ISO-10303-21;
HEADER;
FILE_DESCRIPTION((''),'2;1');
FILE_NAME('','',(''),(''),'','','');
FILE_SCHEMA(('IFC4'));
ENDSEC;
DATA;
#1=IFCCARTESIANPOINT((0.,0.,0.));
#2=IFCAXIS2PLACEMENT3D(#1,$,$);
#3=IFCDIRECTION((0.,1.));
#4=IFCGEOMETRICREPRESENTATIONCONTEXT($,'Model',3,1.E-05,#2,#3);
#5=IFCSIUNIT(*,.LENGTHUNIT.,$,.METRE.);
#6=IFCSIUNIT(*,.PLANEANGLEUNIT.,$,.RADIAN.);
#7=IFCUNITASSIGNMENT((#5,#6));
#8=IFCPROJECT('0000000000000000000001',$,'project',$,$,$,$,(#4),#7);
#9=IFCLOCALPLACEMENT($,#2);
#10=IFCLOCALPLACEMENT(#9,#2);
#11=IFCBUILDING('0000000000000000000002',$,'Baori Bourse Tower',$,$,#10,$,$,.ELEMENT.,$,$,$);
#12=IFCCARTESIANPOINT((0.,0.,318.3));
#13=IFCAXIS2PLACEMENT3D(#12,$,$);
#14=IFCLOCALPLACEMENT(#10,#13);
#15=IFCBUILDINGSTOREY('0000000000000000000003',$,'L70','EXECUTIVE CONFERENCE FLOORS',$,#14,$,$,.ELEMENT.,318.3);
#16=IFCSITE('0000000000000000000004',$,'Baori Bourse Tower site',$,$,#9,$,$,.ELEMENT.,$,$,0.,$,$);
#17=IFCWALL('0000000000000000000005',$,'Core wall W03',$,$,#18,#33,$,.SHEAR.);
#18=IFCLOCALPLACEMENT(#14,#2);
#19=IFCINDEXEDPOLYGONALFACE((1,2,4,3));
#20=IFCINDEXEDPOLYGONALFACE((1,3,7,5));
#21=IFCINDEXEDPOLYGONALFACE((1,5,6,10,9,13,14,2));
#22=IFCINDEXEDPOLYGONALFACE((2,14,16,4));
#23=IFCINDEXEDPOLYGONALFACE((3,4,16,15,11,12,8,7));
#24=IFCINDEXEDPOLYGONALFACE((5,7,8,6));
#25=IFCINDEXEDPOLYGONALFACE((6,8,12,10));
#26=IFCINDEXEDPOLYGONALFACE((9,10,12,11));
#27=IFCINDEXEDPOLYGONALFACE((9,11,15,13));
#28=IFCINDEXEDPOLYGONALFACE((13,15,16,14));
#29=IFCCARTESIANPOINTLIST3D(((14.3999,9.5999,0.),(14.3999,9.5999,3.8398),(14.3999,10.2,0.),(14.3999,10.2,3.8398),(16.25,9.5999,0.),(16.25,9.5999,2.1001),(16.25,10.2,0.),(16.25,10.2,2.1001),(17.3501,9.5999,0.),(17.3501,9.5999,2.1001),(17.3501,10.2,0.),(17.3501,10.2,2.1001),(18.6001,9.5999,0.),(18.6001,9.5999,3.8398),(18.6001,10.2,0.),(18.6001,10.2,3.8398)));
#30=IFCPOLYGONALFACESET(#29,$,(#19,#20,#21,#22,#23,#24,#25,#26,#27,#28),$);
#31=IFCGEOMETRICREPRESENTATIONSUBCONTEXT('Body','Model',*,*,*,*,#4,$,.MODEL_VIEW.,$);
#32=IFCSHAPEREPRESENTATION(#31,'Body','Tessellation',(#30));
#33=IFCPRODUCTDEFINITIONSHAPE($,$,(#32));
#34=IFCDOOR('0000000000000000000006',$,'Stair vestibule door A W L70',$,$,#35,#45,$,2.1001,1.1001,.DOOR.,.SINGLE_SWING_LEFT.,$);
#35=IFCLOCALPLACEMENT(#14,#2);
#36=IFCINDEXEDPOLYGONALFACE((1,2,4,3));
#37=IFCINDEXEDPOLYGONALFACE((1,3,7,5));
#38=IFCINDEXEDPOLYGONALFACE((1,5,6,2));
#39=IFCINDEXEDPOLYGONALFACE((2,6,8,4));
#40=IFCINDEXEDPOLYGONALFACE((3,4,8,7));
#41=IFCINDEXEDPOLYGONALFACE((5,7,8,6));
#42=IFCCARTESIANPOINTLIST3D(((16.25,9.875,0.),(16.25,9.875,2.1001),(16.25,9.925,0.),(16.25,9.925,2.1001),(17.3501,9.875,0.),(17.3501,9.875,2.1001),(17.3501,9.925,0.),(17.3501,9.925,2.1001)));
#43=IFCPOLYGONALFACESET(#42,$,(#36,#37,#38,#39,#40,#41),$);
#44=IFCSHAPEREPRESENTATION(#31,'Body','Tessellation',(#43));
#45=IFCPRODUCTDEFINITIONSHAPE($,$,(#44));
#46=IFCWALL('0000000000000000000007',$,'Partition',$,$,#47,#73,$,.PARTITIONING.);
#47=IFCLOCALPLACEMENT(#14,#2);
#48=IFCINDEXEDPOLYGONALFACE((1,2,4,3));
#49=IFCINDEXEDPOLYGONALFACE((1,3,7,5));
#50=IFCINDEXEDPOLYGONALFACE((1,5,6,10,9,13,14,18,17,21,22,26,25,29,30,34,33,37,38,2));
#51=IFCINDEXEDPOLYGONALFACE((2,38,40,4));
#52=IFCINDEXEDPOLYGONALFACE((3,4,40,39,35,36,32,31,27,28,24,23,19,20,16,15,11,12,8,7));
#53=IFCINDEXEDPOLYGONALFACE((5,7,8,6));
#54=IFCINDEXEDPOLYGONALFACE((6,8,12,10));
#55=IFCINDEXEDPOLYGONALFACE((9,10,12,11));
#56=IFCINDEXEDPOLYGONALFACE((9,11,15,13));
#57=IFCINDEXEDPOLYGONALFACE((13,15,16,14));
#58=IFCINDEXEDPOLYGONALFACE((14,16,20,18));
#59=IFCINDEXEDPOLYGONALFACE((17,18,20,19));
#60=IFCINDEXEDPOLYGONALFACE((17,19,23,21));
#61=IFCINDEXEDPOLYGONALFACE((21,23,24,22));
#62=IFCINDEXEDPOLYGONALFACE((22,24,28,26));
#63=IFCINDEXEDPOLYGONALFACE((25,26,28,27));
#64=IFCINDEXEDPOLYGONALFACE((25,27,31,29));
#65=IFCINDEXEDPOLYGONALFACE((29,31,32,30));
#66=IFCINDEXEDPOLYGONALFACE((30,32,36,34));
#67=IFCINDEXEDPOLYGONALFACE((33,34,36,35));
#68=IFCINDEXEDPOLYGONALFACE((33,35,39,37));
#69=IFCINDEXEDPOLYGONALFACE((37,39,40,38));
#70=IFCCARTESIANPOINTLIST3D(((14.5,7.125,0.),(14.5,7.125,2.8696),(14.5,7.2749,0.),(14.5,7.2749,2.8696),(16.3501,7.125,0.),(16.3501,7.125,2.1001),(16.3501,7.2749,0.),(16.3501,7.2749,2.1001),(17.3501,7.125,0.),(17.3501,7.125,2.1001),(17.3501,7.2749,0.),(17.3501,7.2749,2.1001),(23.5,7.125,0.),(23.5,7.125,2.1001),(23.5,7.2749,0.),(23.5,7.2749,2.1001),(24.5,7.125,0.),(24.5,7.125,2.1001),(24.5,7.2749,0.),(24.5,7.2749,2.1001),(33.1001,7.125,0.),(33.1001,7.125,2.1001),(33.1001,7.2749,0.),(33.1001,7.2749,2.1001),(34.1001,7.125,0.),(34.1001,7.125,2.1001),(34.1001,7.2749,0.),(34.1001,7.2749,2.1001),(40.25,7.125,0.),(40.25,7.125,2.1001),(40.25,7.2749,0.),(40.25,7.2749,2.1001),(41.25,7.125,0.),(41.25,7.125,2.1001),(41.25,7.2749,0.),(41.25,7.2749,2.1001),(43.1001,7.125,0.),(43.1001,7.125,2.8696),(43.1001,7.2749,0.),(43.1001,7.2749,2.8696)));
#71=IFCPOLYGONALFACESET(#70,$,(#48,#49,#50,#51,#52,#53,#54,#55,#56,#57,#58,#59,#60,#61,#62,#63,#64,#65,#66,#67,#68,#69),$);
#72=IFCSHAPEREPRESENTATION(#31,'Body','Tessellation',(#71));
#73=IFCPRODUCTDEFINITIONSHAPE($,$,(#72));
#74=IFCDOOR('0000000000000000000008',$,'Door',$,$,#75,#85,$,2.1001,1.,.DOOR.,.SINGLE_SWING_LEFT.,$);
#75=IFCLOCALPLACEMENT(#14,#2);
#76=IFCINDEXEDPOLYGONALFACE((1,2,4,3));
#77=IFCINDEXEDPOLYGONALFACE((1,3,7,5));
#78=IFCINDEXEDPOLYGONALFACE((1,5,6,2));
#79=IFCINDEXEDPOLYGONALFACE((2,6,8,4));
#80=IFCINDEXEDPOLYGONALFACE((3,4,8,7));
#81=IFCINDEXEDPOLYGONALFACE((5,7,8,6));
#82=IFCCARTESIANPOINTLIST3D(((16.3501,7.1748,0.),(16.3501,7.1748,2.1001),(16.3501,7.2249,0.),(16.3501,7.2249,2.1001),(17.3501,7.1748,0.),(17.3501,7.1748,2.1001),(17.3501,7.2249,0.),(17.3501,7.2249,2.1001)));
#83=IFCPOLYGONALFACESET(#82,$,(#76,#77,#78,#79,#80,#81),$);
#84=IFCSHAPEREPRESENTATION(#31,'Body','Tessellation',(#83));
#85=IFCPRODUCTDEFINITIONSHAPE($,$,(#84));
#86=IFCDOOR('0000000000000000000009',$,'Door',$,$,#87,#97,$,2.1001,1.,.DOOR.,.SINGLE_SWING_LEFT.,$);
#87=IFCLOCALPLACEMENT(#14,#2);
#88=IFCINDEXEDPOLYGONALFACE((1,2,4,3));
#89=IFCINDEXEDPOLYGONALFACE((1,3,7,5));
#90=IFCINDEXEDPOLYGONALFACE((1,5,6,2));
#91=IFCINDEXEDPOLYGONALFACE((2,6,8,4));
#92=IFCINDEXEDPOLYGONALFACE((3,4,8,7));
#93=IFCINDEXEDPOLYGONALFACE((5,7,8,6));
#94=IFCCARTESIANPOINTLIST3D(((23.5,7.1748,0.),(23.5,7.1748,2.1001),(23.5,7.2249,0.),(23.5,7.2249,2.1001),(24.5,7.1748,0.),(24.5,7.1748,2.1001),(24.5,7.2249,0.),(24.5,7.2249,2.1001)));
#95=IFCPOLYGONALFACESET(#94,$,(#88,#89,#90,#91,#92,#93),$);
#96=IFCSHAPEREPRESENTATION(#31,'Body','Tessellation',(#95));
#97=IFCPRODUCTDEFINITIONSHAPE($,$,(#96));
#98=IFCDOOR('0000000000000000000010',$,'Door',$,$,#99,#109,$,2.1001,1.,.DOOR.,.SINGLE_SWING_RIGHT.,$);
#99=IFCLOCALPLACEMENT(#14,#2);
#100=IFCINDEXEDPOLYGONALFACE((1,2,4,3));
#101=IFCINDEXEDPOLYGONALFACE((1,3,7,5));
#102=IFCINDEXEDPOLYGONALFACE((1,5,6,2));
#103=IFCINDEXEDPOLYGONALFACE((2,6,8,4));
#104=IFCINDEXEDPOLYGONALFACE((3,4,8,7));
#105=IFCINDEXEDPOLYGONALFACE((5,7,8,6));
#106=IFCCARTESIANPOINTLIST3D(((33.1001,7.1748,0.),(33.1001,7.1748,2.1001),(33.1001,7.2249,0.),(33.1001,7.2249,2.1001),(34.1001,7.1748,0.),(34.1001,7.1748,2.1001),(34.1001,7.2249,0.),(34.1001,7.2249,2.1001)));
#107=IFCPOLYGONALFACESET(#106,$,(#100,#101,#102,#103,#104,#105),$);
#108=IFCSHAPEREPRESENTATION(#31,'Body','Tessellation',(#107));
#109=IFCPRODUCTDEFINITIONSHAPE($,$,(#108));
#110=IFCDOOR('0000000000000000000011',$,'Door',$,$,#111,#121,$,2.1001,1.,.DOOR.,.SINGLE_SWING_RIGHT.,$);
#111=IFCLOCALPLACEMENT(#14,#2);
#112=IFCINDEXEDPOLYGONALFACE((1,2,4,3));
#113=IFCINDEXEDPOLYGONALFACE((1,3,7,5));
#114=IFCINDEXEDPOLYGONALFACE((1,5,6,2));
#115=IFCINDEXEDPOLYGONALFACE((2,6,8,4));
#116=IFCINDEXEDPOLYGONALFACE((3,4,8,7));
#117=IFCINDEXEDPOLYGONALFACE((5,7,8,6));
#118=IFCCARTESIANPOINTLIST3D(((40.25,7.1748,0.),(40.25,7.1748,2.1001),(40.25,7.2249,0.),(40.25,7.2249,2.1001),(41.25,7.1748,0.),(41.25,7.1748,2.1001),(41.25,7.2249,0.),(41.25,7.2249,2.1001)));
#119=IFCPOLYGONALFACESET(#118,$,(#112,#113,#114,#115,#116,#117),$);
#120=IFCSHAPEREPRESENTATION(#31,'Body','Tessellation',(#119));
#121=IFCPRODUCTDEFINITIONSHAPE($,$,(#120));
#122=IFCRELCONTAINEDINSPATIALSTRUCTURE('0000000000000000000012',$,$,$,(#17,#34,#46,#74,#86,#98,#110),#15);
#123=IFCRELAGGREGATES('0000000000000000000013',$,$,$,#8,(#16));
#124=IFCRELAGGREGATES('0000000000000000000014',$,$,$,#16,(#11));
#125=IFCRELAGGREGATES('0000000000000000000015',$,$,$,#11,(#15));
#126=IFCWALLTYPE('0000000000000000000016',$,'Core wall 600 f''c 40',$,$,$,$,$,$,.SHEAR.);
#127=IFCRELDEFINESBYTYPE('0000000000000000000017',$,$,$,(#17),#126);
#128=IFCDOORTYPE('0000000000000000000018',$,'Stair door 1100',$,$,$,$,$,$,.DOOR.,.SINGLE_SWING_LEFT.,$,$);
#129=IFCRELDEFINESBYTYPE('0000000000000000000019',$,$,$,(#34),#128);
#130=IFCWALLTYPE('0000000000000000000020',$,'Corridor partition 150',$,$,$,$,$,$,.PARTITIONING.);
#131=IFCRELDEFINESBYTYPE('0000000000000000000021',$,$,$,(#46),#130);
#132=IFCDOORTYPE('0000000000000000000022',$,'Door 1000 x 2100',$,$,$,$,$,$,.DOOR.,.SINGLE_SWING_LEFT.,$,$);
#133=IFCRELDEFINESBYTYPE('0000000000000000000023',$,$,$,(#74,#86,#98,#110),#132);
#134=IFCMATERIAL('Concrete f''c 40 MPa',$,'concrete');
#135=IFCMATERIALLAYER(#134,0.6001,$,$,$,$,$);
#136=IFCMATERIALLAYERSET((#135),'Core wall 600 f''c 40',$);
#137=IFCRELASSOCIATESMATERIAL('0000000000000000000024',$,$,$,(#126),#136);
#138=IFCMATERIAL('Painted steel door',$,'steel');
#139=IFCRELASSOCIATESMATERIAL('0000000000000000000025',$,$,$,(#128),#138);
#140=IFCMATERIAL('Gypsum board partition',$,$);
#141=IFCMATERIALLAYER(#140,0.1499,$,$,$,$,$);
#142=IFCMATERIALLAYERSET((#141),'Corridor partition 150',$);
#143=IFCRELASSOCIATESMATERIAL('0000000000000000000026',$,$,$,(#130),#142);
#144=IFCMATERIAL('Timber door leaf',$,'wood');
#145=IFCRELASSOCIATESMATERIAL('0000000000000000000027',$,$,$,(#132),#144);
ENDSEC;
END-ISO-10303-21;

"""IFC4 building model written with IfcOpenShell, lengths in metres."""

from ifc_helpers import new_model, si_unit, direction, frame, frame_2d, origin, place, context, subcontext, project, spatial, rectangle, extrude, material, layer, layer_set, type_object, element, fill, save


model = new_model("IFC4")

# Units and contexts
model_context = context("Model", 3, precision=1e-05, world=origin(), true_north=direction((0.0, 1.0)))
body_context = subcontext(model_context, "Body", "Model", "MODEL_VIEW")
ifc_project = project(units=[si_unit("LENGTHUNIT", "METRE"), si_unit("PLANEANGLEUNIT", "RADIAN")], contexts=[model_context])

# Site, building, storey
site_placement = place(None, origin())
site = spatial("IfcSite", under=ifc_project, at=site_placement, Name="Baori Bourse Tower site", CompositionType="ELEMENT", RefElevation=0.0)
building_placement = place(site_placement, origin())
building = spatial("IfcBuilding", under=site, at=building_placement, Name="Baori Bourse Tower", CompositionType="ELEMENT")
storey_placement = place(building_placement, frame((0.0, 0.0, 318.3)))
storey = spatial("IfcBuildingStorey", under=building, at=storey_placement, Name="L70", Description="EXECUTIVE CONFERENCE FLOORS", CompositionType="ELEMENT", Elevation=318.3)

# Shared definitions
ifc_material_1 = material(Name="Concrete f'c 40 MPa", Category="concrete")
ifc_layer_1 = layer(ifc_material_1, 0.6001)
ifc_layer_set_1 = layer_set([ifc_layer_1], Name="Core wall 600 f'c 40")
wall_type_1 = type_object("IfcWallType", Name="Core wall 600 f'c 40", PredefinedType="SHEAR", material=ifc_layer_set_1)

# Wall, opening, door
wall_1_placement = place(storey_placement, frame((18.6001, 9.8999, 0.0), z_axis=(0.0, 0.0, 1.0), x_axis=(-1.0, 0.0, 0.0)))
wall_1 = element("IfcWall", 1, at=wall_1_placement, inside=storey, type_object=wall_type_1, Name="Core wall W03", PredefinedType="SHEAR", context=body_context, shape_type="SweptSolid", body=[
    extrude(rectangle(XDim=4.2002, YDim=0.6001, at=frame_2d((2.1001, 0.0))), origin(), (0.0, 0.0, 1.0), 3.8398),
])
opening_1_placement = place(wall_1_placement, frame((1.25, 0.0, 0.0)))
opening_1 = element("IfcOpeningElement", 2, at=opening_1_placement, cuts=wall_1, PredefinedType="OPENING", context=body_context, shape_type="SweptSolid", body=[
    extrude(rectangle(XDim=1.1001, YDim=2.1001, at=frame_2d((0.55, 1.05))), frame((0.0, 0.3101, 0.0), z_axis=(0.0, -1.0, 0.0), x_axis=(1.0, 0.0, 0.0)), (0.0, 0.0, 1.0), 0.6201),
])
ifc_material_2 = material(Name="Painted steel door", Category="steel")
door_type_1 = type_object("IfcDoorType", Name="Stair door 1100", OperationType="SINGLE_SWING_LEFT", PredefinedType="DOOR", material=ifc_material_2)
door_1_placement = place(opening_1_placement, origin())
door_1 = element("IfcDoor", 3, at=door_1_placement, inside=storey, type_object=door_type_1, Name="Stair vestibule door A W L70", OperationType="SINGLE_SWING_LEFT", OverallHeight=2.1001, OverallWidth=1.1001, PredefinedType="DOOR", context=body_context, shape_type="SweptSolid", body=[
    extrude(rectangle(XDim=1.1001, YDim=2.1001, at=frame_2d((0.55, 1.05))), frame((0.0, 0.0249, 0.0), z_axis=(0.0, -1.0, 0.0), x_axis=(1.0, 0.0, 0.0)), (0.0, 0.0, 1.0), 0.05),
])
fill(opening_1, door_1)

# Wall, openings, doors
ifc_material_3 = material(Name="Gypsum board partition")
ifc_layer_2 = layer(ifc_material_3, 0.1499)
ifc_layer_set_2 = layer_set([ifc_layer_2], Name="Corridor partition 150")
wall_type_2 = type_object("IfcWallType", Name="Corridor partition 150", PredefinedType="PARTITIONING", material=ifc_layer_set_2)
wall_2_placement = place(storey_placement, frame((14.5, 7.2, 0.0), z_axis=(0.0, 0.0, 1.0), x_axis=(1.0, 0.0, 0.0)))
wall_2 = element("IfcWall", 4, at=wall_2_placement, inside=storey, type_object=wall_type_2, Name="Partition", PredefinedType="PARTITIONING", context=body_context, shape_type="SweptSolid", body=[
    extrude(rectangle(XDim=28.6001, YDim=0.1499, at=frame_2d((14.3, 0.0))), origin(), (0.0, 0.0, 1.0), 2.8696),
])
opening_2_placement = place(wall_2_placement, frame((1.8501, 0.0, 0.0)))
opening_2 = element("IfcOpeningElement", 5, at=opening_2_placement, cuts=wall_2, PredefinedType="OPENING", context=body_context, shape_type="SweptSolid", body=[
    extrude(rectangle(XDim=1.0, YDim=2.1001, at=frame_2d((0.5, 1.05))), frame((0.0, 0.085, 0.0), z_axis=(0.0, -1.0, 0.0), x_axis=(1.0, 0.0, 0.0)), (0.0, 0.0, 1.0), 0.1699),
])
opening_3_placement = place(wall_2_placement, frame((9.0, 0.0, 0.0)))
opening_3 = element("IfcOpeningElement", 6, at=opening_3_placement, cuts=wall_2, PredefinedType="OPENING", context=body_context, shape_type="SweptSolid", body=[
    extrude(rectangle(XDim=1.0, YDim=2.1001, at=frame_2d((0.5, 1.05))), frame((0.0, 0.085, 0.0), z_axis=(0.0, -1.0, 0.0), x_axis=(1.0, 0.0, 0.0)), (0.0, 0.0, 1.0), 0.1699),
])
opening_4_placement = place(wall_2_placement, frame((18.6001, 0.0, 0.0)))
opening_4 = element("IfcOpeningElement", 7, at=opening_4_placement, cuts=wall_2, PredefinedType="OPENING", context=body_context, shape_type="SweptSolid", body=[
    extrude(rectangle(XDim=1.0, YDim=2.1001, at=frame_2d((0.5, 1.05))), frame((0.0, 0.085, 0.0), z_axis=(0.0, -1.0, 0.0), x_axis=(1.0, 0.0, 0.0)), (0.0, 0.0, 1.0), 0.1699),
])
opening_5_placement = place(wall_2_placement, frame((25.75, 0.0, 0.0)))
opening_5 = element("IfcOpeningElement", 8, at=opening_5_placement, cuts=wall_2, PredefinedType="OPENING", context=body_context, shape_type="SweptSolid", body=[
    extrude(rectangle(XDim=1.0, YDim=2.1001, at=frame_2d((0.5, 1.05))), frame((0.0, 0.085, 0.0), z_axis=(0.0, -1.0, 0.0), x_axis=(1.0, 0.0, 0.0)), (0.0, 0.0, 1.0), 0.1699),
])
ifc_material_4 = material(Name="Timber door leaf", Category="wood")
door_type_2 = type_object("IfcDoorType", Name="Door 1000 x 2100", OperationType="SINGLE_SWING_LEFT", PredefinedType="DOOR", material=ifc_material_4)
door_2_placement = place(opening_2_placement, origin())
door_2 = element("IfcDoor", 9, at=door_2_placement, inside=storey, type_object=door_type_2, Name="Door", OperationType="SINGLE_SWING_LEFT", OverallHeight=2.1001, OverallWidth=1.0, PredefinedType="DOOR", context=body_context, shape_type="SweptSolid", body=[
    extrude(rectangle(XDim=1.0, YDim=2.1001, at=frame_2d((0.5, 1.05))), frame((0.0, 0.0249, 0.0), z_axis=(0.0, -1.0, 0.0), x_axis=(1.0, 0.0, 0.0)), (0.0, 0.0, 1.0), 0.05),
])
fill(opening_2, door_2)
door_3_placement = place(opening_3_placement, origin())
door_3 = element("IfcDoor", 10, at=door_3_placement, inside=storey, type_object=door_type_2, Name="Door", OperationType="SINGLE_SWING_LEFT", OverallHeight=2.1001, OverallWidth=1.0, PredefinedType="DOOR", context=body_context, shape_type="SweptSolid", body=[
    extrude(rectangle(XDim=1.0, YDim=2.1001, at=frame_2d((0.5, 1.05))), frame((0.0, 0.0249, 0.0), z_axis=(0.0, -1.0, 0.0), x_axis=(1.0, 0.0, 0.0)), (0.0, 0.0, 1.0), 0.05),
])
fill(opening_3, door_3)
door_4_placement = place(opening_4_placement, origin())
door_4 = element("IfcDoor", 11, at=door_4_placement, inside=storey, type_object=door_type_2, Name="Door", OperationType="SINGLE_SWING_RIGHT", OverallHeight=2.1001, OverallWidth=1.0, PredefinedType="DOOR", context=body_context, shape_type="SweptSolid", body=[
    extrude(rectangle(XDim=1.0, YDim=2.1001, at=frame_2d((0.5, 1.05))), frame((0.0, 0.0249, 0.0), z_axis=(0.0, -1.0, 0.0), x_axis=(1.0, 0.0, 0.0)), (0.0, 0.0, 1.0), 0.05),
])
fill(opening_4, door_4)
door_5_placement = place(opening_5_placement, origin())
door_5 = element("IfcDoor", 12, at=door_5_placement, inside=storey, type_object=door_type_2, Name="Door", OperationType="SINGLE_SWING_RIGHT", OverallHeight=2.1001, OverallWidth=1.0, PredefinedType="DOOR", context=body_context, shape_type="SweptSolid", body=[
    extrude(rectangle(XDim=1.0, YDim=2.1001, at=frame_2d((0.5, 1.05))), frame((0.0, 0.0249, 0.0), z_axis=(0.0, -1.0, 0.0), x_axis=(1.0, 0.0, 0.0)), (0.0, 0.0, 1.0), 0.05),
])
fill(opening_5, door_5)

save(model, "model.ifc")
